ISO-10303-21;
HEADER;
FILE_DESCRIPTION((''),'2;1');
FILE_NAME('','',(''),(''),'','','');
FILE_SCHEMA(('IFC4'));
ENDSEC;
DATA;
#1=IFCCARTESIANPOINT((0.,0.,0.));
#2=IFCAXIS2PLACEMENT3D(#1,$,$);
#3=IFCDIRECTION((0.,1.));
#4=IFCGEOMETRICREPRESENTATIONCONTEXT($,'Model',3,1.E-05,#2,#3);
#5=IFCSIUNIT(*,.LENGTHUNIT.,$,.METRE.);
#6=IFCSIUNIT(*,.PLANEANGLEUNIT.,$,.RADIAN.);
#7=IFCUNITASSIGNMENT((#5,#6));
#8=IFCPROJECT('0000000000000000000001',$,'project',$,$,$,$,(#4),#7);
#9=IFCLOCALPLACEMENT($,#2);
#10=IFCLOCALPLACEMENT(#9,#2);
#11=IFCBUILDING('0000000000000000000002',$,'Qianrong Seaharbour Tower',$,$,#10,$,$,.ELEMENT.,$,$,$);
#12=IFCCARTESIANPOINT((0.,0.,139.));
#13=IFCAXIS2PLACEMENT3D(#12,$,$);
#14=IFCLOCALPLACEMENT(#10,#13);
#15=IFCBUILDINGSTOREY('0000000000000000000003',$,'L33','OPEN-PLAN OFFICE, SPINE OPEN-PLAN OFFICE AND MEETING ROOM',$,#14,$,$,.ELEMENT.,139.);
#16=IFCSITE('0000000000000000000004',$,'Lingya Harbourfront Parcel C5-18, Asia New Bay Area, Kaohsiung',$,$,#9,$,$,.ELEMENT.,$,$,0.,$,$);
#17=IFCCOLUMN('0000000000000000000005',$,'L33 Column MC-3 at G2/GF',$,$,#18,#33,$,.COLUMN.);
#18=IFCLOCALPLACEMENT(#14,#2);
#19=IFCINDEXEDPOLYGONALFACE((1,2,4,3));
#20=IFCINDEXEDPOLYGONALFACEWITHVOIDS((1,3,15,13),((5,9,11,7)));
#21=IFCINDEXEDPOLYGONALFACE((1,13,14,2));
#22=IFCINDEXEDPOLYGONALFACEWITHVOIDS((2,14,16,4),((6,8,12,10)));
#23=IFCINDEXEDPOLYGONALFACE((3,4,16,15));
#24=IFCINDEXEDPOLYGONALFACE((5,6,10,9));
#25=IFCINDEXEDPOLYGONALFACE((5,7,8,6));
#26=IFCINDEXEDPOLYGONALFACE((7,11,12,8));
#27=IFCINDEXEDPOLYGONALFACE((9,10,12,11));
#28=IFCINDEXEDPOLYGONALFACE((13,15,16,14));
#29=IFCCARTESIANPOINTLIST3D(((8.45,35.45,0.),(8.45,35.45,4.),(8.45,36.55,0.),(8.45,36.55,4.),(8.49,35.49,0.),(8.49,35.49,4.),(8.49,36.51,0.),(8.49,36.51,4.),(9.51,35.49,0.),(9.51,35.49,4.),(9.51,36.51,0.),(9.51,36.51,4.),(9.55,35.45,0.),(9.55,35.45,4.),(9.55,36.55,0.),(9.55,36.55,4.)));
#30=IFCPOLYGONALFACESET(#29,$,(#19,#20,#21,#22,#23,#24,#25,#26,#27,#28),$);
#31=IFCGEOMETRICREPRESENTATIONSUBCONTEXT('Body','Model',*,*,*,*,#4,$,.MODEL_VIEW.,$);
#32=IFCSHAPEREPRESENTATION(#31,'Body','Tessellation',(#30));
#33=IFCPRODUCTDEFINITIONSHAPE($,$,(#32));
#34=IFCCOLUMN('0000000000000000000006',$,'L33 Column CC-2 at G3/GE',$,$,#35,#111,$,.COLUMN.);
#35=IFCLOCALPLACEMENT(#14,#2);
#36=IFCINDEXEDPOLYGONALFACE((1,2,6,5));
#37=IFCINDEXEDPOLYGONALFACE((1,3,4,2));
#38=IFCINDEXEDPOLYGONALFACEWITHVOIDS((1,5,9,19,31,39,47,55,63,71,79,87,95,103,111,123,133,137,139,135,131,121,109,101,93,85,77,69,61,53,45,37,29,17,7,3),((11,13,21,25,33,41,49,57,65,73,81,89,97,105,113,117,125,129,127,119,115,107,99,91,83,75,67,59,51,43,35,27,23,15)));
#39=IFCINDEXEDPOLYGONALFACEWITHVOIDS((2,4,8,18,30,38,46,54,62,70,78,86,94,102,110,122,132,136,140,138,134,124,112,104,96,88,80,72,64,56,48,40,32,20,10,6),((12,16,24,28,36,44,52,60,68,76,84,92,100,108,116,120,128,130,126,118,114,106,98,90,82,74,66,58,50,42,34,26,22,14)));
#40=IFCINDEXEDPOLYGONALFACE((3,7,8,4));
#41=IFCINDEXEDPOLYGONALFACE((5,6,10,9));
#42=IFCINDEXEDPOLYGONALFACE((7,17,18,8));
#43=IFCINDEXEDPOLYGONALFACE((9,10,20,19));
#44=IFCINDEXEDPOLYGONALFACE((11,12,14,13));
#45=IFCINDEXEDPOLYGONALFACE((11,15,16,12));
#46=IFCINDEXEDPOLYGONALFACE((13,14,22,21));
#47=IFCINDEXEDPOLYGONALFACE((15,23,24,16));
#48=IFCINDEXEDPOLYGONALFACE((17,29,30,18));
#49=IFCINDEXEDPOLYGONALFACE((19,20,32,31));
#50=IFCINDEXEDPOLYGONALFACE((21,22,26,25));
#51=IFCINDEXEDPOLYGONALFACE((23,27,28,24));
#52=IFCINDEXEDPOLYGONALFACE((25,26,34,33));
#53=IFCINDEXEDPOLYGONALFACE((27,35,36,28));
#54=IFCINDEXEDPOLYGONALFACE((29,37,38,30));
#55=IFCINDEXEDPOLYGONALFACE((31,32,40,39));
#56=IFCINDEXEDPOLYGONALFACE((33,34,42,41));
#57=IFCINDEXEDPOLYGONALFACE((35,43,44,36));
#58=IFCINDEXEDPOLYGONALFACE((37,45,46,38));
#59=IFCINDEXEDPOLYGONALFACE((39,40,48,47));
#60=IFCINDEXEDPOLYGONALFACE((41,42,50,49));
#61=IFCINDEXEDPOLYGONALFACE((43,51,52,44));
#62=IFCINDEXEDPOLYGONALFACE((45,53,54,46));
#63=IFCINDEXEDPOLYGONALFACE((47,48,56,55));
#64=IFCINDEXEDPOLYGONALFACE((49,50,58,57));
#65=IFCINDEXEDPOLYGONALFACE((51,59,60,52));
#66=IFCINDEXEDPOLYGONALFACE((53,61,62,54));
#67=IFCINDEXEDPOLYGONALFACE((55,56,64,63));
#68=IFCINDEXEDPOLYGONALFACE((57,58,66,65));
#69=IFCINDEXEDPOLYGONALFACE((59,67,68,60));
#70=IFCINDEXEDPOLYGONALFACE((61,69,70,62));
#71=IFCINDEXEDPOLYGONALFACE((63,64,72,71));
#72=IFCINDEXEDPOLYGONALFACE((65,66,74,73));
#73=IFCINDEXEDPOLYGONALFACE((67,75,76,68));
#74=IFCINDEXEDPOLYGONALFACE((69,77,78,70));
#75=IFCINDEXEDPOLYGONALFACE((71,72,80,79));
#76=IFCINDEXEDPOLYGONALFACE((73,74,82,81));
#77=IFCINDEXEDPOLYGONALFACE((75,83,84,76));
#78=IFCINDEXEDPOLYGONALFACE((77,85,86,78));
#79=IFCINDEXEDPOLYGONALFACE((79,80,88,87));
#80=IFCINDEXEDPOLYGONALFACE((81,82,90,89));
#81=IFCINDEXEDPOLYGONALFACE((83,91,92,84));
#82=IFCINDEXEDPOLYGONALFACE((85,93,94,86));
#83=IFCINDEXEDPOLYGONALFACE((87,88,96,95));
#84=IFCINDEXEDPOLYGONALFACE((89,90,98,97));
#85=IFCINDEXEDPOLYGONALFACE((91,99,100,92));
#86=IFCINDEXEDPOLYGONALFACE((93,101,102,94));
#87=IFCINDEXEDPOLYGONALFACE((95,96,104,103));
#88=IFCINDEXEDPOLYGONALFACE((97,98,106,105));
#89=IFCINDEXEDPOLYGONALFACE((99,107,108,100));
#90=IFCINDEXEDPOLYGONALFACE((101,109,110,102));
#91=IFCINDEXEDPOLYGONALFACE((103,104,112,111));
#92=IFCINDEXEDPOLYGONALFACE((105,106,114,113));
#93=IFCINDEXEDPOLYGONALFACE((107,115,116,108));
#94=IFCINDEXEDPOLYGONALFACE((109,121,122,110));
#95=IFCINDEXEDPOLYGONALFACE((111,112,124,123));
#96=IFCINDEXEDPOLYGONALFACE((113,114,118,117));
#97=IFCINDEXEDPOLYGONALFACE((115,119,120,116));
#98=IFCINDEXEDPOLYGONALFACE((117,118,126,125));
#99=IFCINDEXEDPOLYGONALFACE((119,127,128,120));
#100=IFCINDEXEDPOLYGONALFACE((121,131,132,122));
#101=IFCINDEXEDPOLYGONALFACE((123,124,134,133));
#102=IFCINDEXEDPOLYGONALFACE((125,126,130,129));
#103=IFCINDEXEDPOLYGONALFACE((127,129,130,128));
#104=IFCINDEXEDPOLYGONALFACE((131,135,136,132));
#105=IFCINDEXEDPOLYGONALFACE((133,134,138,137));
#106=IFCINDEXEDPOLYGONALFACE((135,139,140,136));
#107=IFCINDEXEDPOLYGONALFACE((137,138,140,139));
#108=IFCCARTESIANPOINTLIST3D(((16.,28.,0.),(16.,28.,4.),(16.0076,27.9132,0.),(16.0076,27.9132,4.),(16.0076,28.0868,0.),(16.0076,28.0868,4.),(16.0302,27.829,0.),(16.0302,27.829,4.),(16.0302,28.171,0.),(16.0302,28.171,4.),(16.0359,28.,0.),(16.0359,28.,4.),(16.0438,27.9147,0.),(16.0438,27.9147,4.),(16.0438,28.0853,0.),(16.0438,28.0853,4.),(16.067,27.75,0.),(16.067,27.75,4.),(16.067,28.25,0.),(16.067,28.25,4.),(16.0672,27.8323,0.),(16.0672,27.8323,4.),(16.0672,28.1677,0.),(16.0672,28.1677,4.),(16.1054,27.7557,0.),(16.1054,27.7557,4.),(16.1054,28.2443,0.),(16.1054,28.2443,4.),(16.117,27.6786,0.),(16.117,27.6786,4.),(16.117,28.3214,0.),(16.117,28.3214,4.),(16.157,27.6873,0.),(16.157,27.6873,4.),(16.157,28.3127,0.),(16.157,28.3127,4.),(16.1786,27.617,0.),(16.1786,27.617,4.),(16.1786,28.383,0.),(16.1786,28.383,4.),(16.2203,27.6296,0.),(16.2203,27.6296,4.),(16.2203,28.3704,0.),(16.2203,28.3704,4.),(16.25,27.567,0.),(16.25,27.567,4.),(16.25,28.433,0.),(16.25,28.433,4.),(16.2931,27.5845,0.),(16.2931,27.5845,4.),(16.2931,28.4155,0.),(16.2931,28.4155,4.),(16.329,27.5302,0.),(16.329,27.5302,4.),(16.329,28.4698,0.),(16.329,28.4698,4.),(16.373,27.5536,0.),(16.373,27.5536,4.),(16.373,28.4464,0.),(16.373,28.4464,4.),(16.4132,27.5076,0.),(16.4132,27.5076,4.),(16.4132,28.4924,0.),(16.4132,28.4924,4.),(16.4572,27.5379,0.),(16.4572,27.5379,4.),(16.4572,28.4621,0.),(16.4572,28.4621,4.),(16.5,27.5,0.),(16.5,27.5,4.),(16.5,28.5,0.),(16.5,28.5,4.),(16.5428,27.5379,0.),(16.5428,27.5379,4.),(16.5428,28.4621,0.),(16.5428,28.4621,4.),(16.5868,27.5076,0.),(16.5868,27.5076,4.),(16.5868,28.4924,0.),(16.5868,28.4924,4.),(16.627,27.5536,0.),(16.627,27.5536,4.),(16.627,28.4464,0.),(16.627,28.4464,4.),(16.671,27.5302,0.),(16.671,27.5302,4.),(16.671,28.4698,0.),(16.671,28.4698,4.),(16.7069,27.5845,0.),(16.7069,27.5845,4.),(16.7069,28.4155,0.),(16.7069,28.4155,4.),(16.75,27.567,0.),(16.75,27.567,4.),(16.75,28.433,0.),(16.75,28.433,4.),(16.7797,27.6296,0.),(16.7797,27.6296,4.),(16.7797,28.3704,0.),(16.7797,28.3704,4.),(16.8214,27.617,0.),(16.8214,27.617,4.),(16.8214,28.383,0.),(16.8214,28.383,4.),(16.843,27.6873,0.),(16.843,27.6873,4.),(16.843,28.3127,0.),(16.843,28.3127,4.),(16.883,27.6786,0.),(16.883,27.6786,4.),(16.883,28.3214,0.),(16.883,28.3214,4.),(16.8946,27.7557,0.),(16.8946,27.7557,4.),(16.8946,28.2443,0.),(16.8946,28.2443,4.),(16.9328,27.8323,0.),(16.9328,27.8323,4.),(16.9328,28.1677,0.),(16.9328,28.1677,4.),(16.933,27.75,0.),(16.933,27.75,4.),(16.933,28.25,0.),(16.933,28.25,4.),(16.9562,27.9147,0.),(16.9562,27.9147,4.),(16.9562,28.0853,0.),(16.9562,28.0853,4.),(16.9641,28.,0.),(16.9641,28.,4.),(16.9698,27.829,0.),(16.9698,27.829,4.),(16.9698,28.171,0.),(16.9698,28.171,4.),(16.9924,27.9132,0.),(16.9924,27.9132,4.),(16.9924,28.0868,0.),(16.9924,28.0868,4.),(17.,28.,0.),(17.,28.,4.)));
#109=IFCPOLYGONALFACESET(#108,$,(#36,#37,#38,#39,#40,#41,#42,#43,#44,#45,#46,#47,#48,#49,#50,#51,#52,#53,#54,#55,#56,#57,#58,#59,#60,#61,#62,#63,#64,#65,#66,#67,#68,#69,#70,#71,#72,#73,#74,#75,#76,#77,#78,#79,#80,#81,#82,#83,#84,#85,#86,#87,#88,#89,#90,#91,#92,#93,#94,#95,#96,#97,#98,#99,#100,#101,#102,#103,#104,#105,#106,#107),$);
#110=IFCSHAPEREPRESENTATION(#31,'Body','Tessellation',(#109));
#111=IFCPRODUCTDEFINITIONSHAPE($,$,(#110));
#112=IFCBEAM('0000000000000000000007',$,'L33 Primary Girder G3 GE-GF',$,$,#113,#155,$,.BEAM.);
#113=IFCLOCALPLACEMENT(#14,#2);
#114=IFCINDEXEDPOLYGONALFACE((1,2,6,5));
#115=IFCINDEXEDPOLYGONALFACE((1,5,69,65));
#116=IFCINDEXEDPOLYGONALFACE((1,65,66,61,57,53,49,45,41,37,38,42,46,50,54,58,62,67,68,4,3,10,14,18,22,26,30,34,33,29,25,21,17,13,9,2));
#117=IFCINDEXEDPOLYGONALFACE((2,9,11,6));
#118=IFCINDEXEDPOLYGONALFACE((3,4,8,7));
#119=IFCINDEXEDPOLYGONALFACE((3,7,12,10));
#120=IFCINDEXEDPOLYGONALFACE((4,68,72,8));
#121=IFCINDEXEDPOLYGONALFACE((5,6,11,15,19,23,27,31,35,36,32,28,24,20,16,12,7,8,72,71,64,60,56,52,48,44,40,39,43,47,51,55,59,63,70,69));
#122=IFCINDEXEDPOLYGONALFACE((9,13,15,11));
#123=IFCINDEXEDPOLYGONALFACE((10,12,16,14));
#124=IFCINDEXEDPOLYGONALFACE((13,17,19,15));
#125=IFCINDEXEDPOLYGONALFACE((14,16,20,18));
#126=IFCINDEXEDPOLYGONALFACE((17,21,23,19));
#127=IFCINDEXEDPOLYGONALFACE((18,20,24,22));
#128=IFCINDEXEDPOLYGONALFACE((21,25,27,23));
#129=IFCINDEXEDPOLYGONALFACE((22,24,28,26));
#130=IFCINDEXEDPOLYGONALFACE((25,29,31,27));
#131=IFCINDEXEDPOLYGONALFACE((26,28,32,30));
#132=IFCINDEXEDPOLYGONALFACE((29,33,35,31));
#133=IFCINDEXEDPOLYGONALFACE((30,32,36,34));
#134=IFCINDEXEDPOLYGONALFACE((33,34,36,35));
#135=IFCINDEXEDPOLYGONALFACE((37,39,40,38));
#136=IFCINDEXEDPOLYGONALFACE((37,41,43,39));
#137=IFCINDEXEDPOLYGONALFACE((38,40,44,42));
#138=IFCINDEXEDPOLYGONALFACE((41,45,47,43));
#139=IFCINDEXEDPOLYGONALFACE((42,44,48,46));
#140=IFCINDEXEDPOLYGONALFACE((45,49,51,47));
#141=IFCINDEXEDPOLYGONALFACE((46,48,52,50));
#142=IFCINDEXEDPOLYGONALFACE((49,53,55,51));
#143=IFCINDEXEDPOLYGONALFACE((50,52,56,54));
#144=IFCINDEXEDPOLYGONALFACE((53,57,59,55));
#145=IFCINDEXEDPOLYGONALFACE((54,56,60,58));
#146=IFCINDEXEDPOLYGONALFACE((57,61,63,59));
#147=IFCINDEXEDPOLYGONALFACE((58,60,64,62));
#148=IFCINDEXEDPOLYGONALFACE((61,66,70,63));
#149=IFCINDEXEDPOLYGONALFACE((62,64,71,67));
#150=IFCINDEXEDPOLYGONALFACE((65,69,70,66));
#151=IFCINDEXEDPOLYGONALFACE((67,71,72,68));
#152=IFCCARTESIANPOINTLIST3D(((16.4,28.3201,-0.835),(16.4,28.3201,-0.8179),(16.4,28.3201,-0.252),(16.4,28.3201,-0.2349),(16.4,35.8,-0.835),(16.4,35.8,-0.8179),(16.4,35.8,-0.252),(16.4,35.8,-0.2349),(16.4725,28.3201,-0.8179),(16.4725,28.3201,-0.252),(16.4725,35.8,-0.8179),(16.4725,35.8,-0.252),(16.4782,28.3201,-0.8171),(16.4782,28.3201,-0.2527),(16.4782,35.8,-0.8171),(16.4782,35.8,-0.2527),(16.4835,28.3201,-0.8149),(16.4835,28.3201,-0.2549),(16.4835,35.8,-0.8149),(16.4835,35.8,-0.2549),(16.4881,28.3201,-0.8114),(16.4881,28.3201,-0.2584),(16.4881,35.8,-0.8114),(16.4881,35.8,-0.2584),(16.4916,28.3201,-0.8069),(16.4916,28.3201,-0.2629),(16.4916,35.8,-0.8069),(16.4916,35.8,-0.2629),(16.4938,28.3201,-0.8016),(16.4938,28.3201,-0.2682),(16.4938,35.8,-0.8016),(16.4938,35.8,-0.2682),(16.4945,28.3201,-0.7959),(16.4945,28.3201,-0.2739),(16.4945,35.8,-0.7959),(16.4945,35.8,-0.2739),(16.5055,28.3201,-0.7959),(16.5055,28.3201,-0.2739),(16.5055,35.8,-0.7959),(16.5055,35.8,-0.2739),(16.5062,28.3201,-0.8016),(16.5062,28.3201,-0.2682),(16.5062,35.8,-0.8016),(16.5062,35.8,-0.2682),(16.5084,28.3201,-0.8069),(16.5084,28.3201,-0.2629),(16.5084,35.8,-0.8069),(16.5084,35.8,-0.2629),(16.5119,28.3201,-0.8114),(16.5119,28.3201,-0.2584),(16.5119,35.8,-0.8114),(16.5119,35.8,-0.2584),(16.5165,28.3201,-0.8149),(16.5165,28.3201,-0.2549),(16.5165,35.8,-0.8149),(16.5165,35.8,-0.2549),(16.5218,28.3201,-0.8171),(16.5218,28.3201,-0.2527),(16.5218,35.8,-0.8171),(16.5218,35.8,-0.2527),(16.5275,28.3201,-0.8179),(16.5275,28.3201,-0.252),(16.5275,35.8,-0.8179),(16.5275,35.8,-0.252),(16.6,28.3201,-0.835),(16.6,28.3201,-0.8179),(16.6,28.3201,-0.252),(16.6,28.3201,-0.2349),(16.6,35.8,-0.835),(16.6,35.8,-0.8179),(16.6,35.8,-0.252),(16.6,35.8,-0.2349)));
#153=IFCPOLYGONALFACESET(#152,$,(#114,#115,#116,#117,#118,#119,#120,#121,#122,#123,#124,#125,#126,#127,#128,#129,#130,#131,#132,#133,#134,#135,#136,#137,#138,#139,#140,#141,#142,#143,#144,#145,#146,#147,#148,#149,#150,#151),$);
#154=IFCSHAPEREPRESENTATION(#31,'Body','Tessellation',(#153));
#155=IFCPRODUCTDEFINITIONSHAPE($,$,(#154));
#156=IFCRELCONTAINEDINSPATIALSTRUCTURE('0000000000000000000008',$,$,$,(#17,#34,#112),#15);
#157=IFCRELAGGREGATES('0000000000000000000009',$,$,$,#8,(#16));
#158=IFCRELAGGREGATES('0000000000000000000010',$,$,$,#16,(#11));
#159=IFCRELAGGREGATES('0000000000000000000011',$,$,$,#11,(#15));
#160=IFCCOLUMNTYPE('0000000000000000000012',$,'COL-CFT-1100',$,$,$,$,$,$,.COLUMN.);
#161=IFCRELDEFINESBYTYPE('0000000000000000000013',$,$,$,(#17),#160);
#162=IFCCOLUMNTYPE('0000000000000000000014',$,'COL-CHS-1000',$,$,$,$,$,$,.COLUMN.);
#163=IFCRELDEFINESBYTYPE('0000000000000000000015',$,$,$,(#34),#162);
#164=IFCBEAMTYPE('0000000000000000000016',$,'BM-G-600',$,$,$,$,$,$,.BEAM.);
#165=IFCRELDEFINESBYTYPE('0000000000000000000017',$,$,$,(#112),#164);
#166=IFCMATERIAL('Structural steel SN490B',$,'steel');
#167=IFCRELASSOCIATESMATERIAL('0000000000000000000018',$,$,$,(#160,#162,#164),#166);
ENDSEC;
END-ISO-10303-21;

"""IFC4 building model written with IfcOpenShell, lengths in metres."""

from ifc_helpers import new_model, si_unit, direction, frame, origin, origin_2d, place, context, subcontext, project, spatial, hollow_rectangle, hollow_circle, i_section, extrude, material, material_profile, profile_set, type_object, element, save


model = new_model("IFC4")

# Units and contexts
model_context = context("Model", 3, precision=1e-05, world=origin(), true_north=direction((0.0, 1.0)))
body_context = subcontext(model_context, "Body", "Model", "MODEL_VIEW")
ifc_project = project(units=[si_unit("LENGTHUNIT", "METRE"), si_unit("PLANEANGLEUNIT", "RADIAN")], contexts=[model_context])

# Site, building, storey
site_placement = place(None, origin())
site = spatial("IfcSite", under=ifc_project, at=site_placement, Name="Lingya Harbourfront Parcel C5-18, Asia New Bay Area, Kaohsiung", CompositionType="ELEMENT", RefElevation=0.0)
building_placement = place(site_placement, origin())
building = spatial("IfcBuilding", under=site, at=building_placement, Name="Qianrong Seaharbour Tower", CompositionType="ELEMENT")
storey_placement = place(building_placement, frame((0.0, 0.0, 139.0)))
storey = spatial("IfcBuildingStorey", under=building, at=storey_placement, Name="L33", Description="OPEN-PLAN OFFICE, SPINE OPEN-PLAN OFFICE AND MEETING ROOM", CompositionType="ELEMENT", Elevation=139.0)

# Columns
ifc_material_1 = material(Name="Structural steel SN490B", Category="steel")
ifc_material_profile_1 = material_profile(ifc_material_1, hollow_rectangle(XDim=1.1001, YDim=1.1001, WallThickness=0.04, at=origin_2d()), Name="BOX1100x1100x40")
ifc_profile_set_1 = profile_set([ifc_material_profile_1], Name="Structural steel SN490B")
column_type_1 = type_object("IfcColumnType", Name="COL-CFT-1100", PredefinedType="COLUMN", material=ifc_profile_set_1)
column_1_placement = place(storey_placement, frame((9.0, 36.0, 0.0), z_axis=(0.0, 0.0, 1.0), x_axis=(1.0, 0.0, 0.0)))
element("IfcColumn", 1, at=column_1_placement, inside=storey, type_object=column_type_1, Name="L33 Column MC-3 at G2/GF", PredefinedType="COLUMN", context=body_context, shape_type="SweptSolid", body=[
    extrude(hollow_rectangle(XDim=1.1001, YDim=1.1001, WallThickness=0.04, at=origin_2d()), origin(), (0.0, 0.0, 1.0), 4.0),
])
ifc_material_profile_2 = material_profile(ifc_material_1, hollow_circle(Radius=0.5, WallThickness=0.0359, at=origin_2d()), Name="CHS1000x36")
ifc_profile_set_2 = profile_set([ifc_material_profile_2], Name="Structural steel SN490B")
column_type_2 = type_object("IfcColumnType", Name="COL-CHS-1000", PredefinedType="COLUMN", material=ifc_profile_set_2)
column_2_placement = place(storey_placement, frame((16.5, 28.0, 0.0), z_axis=(0.0, 0.0, 1.0), x_axis=(1.0, 0.0, 0.0)))
element("IfcColumn", 2, at=column_2_placement, inside=storey, type_object=column_type_2, Name="L33 Column CC-2 at G3/GE", PredefinedType="COLUMN", context=body_context, shape_type="SweptSolid", body=[
    extrude(hollow_circle(Radius=0.5, WallThickness=0.0359, at=origin_2d()), origin(), (0.0, 0.0, 1.0), 4.0),
])

# Beam
ifc_material_profile_3 = material_profile(ifc_material_1, i_section(OverallWidth=0.2, OverallDepth=0.6001, WebThickness=0.011, FlangeThickness=0.0171, FilletRadius=0.022, at=origin_2d()), Name="H600x200x11x17")
ifc_profile_set_3 = profile_set([ifc_material_profile_3], Name="Structural steel SN490B")
beam_type_1 = type_object("IfcBeamType", Name="BM-G-600", PredefinedType="BEAM", material=ifc_profile_set_3)
beam_1_placement = place(storey_placement, frame((16.5, 28.3201, -0.5349), z_axis=(0.0, 1.0, 0.0), x_axis=(-1.0, 0.0, 0.0)))
element("IfcBeam", 3, at=beam_1_placement, inside=storey, type_object=beam_type_1, Name="L33 Primary Girder G3 GE-GF", PredefinedType="BEAM", context=body_context, shape_type="SweptSolid", body=[
    extrude(i_section(OverallWidth=0.2, OverallDepth=0.6001, WebThickness=0.011, FlangeThickness=0.0171, FilletRadius=0.022, at=origin_2d()), origin(), (0.0, 0.0, 1.0), 7.48),
])

save(model, "model.ifc")
